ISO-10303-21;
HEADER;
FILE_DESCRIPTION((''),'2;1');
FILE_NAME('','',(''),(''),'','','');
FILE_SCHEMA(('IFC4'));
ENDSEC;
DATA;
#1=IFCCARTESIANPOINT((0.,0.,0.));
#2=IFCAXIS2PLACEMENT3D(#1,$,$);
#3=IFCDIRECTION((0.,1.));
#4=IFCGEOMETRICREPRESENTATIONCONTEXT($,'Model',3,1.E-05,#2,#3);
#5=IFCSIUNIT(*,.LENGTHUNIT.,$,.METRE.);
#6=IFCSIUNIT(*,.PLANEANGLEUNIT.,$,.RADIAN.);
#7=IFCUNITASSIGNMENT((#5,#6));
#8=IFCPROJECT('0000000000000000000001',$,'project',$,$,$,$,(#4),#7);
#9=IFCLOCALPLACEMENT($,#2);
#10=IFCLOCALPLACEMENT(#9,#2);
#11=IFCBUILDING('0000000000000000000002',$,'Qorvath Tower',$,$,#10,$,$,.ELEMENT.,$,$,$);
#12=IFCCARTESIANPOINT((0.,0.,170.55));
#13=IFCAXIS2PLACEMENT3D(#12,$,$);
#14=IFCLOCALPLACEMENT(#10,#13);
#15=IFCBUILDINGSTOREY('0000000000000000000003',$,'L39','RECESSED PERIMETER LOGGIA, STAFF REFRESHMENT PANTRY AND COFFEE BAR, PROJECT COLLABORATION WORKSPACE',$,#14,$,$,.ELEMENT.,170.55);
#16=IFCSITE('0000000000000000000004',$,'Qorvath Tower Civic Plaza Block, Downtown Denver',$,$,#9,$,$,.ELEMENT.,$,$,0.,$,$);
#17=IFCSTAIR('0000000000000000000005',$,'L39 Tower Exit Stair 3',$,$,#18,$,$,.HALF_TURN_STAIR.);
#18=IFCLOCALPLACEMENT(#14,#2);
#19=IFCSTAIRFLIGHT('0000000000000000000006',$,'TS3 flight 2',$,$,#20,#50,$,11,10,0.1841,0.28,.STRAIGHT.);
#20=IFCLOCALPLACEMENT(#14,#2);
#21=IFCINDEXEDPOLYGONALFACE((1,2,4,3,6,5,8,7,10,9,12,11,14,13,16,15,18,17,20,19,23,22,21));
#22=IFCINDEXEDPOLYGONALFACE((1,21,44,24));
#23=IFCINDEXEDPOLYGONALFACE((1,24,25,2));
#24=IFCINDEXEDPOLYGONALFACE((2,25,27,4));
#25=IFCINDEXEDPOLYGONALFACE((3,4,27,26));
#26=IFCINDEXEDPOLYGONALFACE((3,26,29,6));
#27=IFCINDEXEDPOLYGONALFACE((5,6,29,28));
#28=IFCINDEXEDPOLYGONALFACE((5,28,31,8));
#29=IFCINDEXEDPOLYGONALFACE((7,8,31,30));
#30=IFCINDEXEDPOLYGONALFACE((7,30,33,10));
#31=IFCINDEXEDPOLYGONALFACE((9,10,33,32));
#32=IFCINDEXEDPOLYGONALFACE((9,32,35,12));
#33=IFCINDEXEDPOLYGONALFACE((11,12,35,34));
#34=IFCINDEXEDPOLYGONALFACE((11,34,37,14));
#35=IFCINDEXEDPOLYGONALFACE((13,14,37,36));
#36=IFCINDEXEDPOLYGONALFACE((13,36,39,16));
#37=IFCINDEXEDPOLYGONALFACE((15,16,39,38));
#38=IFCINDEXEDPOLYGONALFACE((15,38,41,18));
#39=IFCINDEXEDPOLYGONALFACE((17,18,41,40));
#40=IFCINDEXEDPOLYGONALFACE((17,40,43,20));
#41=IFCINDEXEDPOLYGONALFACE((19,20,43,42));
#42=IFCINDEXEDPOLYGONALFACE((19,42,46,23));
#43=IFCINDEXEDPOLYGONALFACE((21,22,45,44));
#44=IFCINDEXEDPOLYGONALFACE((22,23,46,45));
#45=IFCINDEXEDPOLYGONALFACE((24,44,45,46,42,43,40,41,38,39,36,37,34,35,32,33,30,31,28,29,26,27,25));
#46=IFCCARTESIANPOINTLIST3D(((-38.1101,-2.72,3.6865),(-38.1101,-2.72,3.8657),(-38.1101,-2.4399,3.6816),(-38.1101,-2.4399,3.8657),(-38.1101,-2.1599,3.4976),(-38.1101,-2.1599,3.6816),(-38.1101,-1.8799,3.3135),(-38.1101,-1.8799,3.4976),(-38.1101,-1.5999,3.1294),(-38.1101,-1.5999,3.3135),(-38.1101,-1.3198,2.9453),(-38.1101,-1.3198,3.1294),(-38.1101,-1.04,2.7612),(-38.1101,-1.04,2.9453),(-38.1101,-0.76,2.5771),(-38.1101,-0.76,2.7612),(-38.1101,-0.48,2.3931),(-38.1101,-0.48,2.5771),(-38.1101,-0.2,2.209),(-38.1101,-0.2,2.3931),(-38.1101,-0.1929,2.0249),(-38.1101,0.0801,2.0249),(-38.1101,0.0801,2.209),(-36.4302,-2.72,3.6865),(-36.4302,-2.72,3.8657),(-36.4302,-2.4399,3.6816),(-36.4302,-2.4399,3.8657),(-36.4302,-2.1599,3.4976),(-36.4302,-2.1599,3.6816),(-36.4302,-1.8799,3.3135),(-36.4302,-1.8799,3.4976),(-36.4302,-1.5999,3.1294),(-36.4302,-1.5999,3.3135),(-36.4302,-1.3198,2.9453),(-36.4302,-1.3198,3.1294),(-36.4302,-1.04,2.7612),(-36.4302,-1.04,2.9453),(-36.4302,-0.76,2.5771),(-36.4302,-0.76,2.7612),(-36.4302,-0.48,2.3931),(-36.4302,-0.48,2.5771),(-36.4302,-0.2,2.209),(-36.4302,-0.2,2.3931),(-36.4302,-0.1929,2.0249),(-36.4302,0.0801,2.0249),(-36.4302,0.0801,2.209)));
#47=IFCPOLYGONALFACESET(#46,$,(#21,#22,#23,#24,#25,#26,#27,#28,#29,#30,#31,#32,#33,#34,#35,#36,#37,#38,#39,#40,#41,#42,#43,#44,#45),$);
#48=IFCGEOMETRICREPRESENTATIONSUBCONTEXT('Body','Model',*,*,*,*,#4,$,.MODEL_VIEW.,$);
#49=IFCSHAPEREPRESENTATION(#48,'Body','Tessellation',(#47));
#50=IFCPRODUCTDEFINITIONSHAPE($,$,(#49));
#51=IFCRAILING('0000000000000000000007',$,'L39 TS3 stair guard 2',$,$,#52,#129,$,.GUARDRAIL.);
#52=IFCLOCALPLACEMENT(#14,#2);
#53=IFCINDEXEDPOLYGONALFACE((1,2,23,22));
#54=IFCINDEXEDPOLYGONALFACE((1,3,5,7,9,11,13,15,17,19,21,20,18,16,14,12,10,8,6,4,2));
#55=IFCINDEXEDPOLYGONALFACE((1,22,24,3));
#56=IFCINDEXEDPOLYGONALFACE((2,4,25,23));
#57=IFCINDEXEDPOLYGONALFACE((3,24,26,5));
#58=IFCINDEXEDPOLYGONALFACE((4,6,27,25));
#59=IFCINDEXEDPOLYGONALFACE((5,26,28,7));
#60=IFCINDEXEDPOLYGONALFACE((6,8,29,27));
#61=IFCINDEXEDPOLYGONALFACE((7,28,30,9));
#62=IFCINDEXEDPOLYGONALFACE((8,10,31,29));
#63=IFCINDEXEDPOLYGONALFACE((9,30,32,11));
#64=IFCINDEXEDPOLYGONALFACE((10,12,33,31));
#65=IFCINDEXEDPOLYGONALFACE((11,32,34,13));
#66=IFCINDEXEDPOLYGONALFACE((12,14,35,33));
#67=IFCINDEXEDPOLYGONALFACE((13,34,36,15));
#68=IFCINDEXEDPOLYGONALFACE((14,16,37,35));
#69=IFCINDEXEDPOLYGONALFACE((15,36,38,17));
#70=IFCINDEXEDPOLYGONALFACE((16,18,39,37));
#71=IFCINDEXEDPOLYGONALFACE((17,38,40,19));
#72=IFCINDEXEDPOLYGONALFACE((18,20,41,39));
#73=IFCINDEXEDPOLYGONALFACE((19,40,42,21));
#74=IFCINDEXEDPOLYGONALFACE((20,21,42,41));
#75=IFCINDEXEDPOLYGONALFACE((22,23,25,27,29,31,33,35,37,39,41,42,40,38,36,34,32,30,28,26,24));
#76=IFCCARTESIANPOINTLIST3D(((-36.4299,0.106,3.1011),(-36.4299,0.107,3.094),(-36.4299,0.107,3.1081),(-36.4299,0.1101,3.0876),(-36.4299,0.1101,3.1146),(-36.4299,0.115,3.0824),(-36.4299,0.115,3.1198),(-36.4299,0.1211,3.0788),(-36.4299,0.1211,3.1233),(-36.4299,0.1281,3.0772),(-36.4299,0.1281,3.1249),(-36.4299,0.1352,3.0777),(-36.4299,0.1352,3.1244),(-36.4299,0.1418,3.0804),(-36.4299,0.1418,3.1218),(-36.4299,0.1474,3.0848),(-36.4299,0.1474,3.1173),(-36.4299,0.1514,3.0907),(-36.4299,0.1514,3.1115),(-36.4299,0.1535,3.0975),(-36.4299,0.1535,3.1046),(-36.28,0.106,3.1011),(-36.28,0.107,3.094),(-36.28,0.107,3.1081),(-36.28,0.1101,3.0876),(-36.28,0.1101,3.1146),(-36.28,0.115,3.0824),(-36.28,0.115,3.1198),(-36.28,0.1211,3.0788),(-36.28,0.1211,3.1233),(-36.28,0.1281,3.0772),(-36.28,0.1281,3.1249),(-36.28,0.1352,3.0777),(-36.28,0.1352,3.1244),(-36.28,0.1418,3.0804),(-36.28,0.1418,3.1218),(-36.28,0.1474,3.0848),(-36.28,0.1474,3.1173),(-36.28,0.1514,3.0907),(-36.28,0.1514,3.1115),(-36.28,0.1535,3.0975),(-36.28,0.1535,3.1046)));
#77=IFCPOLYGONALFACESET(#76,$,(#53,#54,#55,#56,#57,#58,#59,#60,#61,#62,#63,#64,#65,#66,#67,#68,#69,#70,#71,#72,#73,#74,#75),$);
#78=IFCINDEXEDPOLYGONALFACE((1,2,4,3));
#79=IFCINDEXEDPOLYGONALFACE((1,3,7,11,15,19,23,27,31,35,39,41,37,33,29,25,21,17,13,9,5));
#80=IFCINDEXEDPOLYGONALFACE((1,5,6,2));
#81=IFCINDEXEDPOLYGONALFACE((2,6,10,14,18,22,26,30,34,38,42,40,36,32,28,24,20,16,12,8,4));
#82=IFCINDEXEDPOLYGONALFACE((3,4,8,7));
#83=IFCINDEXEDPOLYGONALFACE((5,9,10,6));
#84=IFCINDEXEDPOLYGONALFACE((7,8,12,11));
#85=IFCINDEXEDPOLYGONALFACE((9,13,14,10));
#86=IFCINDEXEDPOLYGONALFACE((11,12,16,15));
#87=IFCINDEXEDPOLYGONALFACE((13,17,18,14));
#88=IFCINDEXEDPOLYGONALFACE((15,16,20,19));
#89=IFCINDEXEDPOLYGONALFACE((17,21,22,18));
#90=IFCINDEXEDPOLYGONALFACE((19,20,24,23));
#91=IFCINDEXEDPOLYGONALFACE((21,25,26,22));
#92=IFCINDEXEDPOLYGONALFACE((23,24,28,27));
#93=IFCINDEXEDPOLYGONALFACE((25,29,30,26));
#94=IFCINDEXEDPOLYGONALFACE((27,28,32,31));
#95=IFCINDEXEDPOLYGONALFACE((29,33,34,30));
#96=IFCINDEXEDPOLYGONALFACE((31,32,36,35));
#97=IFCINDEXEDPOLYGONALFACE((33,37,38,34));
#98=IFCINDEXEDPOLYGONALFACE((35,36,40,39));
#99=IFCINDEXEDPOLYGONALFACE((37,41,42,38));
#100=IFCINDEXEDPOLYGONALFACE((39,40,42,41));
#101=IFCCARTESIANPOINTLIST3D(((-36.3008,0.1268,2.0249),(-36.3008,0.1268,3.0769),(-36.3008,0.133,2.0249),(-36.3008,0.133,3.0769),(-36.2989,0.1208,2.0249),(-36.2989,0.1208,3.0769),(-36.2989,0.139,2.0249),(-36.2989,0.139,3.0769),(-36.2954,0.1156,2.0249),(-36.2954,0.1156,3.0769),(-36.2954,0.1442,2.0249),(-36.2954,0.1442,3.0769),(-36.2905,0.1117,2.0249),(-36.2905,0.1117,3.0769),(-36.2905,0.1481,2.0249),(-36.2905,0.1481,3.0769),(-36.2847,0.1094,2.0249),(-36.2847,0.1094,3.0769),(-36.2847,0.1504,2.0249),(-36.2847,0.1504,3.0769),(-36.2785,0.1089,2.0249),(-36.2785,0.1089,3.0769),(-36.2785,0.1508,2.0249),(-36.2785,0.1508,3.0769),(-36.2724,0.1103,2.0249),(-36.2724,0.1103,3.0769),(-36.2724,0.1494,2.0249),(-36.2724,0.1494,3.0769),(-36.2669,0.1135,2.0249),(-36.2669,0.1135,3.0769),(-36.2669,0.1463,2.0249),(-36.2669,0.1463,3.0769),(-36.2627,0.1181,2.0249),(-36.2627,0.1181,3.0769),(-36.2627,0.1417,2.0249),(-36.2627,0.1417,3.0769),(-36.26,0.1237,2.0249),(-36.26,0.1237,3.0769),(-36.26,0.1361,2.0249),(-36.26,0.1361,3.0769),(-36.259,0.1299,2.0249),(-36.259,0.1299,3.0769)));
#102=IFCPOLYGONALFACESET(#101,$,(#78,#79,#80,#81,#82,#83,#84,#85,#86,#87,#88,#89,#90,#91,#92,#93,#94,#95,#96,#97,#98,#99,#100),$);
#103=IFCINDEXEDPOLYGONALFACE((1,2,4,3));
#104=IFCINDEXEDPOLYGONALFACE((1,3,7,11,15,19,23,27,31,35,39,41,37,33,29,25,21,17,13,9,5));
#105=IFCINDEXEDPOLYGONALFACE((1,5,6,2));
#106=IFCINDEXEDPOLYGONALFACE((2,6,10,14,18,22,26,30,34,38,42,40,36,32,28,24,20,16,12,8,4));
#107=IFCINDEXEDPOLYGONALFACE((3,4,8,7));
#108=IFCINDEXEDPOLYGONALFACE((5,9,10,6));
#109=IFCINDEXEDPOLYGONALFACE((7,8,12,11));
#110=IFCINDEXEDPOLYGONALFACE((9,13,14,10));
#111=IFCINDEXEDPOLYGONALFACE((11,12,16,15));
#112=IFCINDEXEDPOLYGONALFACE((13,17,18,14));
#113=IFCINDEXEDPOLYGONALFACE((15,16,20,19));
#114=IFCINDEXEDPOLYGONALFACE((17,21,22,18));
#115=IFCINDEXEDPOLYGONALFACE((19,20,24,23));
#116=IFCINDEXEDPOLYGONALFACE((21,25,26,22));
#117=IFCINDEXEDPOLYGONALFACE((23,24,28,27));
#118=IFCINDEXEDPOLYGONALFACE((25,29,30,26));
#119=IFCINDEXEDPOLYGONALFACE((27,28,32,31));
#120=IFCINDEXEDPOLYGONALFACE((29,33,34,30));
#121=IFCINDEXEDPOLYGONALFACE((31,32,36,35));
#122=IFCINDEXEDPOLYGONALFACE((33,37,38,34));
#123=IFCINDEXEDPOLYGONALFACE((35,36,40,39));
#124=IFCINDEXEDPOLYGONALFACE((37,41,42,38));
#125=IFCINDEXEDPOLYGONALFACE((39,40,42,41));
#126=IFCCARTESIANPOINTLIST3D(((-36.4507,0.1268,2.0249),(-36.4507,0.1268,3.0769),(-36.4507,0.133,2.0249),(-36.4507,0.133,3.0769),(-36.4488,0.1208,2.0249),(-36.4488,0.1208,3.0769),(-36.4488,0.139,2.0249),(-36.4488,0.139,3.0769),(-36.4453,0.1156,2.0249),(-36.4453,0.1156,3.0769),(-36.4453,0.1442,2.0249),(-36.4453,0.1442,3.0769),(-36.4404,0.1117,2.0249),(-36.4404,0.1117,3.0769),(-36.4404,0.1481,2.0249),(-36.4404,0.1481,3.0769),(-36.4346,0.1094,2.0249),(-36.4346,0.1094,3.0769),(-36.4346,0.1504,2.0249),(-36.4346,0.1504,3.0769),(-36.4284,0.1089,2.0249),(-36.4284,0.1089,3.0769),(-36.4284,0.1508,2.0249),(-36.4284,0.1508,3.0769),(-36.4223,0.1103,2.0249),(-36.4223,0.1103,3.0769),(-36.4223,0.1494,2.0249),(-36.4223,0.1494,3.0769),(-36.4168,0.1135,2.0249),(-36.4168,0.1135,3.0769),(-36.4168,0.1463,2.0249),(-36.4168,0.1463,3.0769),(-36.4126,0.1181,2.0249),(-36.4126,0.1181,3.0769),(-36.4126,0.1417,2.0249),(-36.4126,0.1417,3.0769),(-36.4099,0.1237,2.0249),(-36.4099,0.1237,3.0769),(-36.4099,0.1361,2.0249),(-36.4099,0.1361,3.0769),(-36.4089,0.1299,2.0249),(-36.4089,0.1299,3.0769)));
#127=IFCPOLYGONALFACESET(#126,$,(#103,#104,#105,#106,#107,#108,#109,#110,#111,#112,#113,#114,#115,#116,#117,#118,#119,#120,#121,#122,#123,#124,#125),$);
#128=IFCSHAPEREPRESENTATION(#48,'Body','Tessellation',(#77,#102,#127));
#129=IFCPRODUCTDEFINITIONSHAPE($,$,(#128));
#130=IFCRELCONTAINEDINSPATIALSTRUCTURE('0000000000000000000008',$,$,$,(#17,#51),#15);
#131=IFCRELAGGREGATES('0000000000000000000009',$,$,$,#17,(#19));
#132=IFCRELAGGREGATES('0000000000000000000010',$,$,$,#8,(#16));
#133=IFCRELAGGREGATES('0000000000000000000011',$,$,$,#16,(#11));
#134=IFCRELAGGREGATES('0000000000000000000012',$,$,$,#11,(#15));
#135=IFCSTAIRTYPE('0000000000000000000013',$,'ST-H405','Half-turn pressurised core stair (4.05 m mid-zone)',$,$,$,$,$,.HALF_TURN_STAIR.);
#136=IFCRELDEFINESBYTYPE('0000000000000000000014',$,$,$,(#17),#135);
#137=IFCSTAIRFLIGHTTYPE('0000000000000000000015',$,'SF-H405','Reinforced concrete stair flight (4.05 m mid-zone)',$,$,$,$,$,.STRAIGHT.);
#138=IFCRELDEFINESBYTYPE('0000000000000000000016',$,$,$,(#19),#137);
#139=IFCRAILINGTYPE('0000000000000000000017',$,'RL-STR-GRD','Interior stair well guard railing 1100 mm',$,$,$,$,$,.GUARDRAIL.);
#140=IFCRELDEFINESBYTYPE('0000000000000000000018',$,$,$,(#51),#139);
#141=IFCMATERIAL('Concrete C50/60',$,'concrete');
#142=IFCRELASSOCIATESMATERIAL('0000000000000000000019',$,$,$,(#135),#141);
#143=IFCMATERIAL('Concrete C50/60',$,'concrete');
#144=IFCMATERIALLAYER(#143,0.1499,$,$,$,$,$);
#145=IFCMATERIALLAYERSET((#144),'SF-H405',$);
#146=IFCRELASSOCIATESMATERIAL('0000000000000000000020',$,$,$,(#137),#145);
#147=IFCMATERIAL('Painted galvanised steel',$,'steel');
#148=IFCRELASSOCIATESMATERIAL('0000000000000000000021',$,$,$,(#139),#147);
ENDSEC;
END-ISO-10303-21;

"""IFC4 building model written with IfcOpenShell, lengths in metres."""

from ifc_helpers import new_model, si_unit, direction, frame, origin, origin_2d, place, context, subcontext, project, spatial, polyline, circle, outline, extrude, material, layer, layer_set, type_object, element, aggregate, save


model = new_model("IFC4")

# Units and contexts
model_context = context("Model", 3, precision=1e-05, world=origin(), true_north=direction((0.0, 1.0)))
body_context = subcontext(model_context, "Body", "Model", "MODEL_VIEW")
ifc_project = project(units=[si_unit("LENGTHUNIT", "METRE"), si_unit("PLANEANGLEUNIT", "RADIAN")], contexts=[model_context])

# Site, building, storey
site_placement = place(None, origin())
site = spatial("IfcSite", under=ifc_project, at=site_placement, Name="Qorvath Tower Civic Plaza Block, Downtown Denver", CompositionType="ELEMENT", RefElevation=0.0)
building_placement = place(site_placement, origin())
building = spatial("IfcBuilding", under=site, at=building_placement, Name="Qorvath Tower", CompositionType="ELEMENT")
storey_placement = place(building_placement, frame((0.0, 0.0, 170.55)))
storey = spatial("IfcBuildingStorey", under=building, at=storey_placement, Name="L39", Description="RECESSED PERIMETER LOGGIA, STAFF REFRESHMENT PANTRY AND COFFEE BAR, PROJECT COLLABORATION WORKSPACE", CompositionType="ELEMENT", Elevation=170.55)

# Stair, stair flight
ifc_material_1 = material(Name="Concrete C50/60", Category="concrete")
stair_type = type_object("IfcStairType", Name="ST-H405", Description="Half-turn pressurised core stair (4.05 m mid-zone)", PredefinedType="HALF_TURN_STAIR", material=ifc_material_1)
stair_placement = place(storey_placement, origin())
stair = element("IfcStair", 1, at=stair_placement, inside=storey, type_object=stair_type, Name="L39 Tower Exit Stair 3", PredefinedType="HALF_TURN_STAIR")
ifc_material_2 = material(Name="Concrete C50/60", Category="concrete")
ifc_layer_1 = layer(ifc_material_2, 0.1499)
ifc_layer_set_1 = layer_set([ifc_layer_1], Name="SF-H405")
stair_flight_type = type_object("IfcStairFlightType", Name="SF-H405", Description="Reinforced concrete stair flight (4.05 m mid-zone)", PredefinedType="STRAIGHT", material=ifc_layer_set_1)
stair_flight_placement = place(storey_placement, frame((-37.27, 0.0801, 2.0249), z_axis=(0.0, 0.0, 1.0), x_axis=(0.0, -1.0, 0.0)))
stair_flight = element("IfcStairFlight", 2, at=stair_flight_placement, type_object=stair_flight_type, Name="TS3 flight 2", NumberOfRisers=11, NumberOfTreads=10, PredefinedType="STRAIGHT", RiserHeight=0.1841, TreadLength=0.28, context=body_context, shape_type="SweptSolid", body=[
    extrude(outline(polyline([(0.0, 0.0), (0.0, 0.1841), (0.28, 0.1841), (0.28, 0.3682), (0.5601, 0.3682), (0.5601, 0.5522), (0.8401, 0.5522), (0.8401, 0.7363), (1.1201, 0.7363), (1.1201, 0.9204), (1.3999, 0.9204), (1.3999, 1.1045), (1.6799, 1.1045), (1.6799, 1.2886), (1.96, 1.2886), (1.96, 1.4727), (2.24, 1.4727), (2.24, 1.6567), (2.52, 1.6567), (2.52, 1.8408), (2.8, 1.8408), (2.8, 2.0249), (2.8, 1.6616), (0.2729, 0.0), (0.0, 0.0)])), frame((0.0, 0.8398, 0.0), z_axis=(0.0, -1.0, 0.0), x_axis=(1.0, 0.0, 0.0)), (0.0, 0.0, 1.0), 1.6799),
])
aggregate(stair, [stair_flight])

# Railing
ifc_material_3 = material(Name="Painted galvanised steel", Category="steel")
railing_type = type_object("IfcRailingType", Name="RL-STR-GRD", Description="Interior stair well guard railing 1100 mm", PredefinedType="GUARDRAIL", material=ifc_material_3)
railing_1_placement = place(storey_placement, frame((-36.28, 0.1299, 2.0249)))
element("IfcRailing", 3, at=railing_1_placement, inside=storey, type_object=railing_type, Name="L39 TS3 stair guard 2", PredefinedType="GUARDRAIL", context=body_context, shape_type="SweptSolid", body=[
    extrude(circle(Radius=0.0239, at=origin_2d()), frame((0.0, 0.0, 1.0762), z_axis=(-1.0, 0.0, 0.0), x_axis=(0.0, -1.0, 0.0)), (0.0, 0.0, 1.0), 0.1499),
    extrude(circle(Radius=0.021, at=origin_2d()), origin(), (0.0, 0.0, 1.0), 1.052),
    extrude(circle(Radius=0.021, at=origin_2d()), frame((-0.1499, 0.0, 0.0)), (0.0, 0.0, 1.0), 1.052),
])

save(model, "model.ifc")
